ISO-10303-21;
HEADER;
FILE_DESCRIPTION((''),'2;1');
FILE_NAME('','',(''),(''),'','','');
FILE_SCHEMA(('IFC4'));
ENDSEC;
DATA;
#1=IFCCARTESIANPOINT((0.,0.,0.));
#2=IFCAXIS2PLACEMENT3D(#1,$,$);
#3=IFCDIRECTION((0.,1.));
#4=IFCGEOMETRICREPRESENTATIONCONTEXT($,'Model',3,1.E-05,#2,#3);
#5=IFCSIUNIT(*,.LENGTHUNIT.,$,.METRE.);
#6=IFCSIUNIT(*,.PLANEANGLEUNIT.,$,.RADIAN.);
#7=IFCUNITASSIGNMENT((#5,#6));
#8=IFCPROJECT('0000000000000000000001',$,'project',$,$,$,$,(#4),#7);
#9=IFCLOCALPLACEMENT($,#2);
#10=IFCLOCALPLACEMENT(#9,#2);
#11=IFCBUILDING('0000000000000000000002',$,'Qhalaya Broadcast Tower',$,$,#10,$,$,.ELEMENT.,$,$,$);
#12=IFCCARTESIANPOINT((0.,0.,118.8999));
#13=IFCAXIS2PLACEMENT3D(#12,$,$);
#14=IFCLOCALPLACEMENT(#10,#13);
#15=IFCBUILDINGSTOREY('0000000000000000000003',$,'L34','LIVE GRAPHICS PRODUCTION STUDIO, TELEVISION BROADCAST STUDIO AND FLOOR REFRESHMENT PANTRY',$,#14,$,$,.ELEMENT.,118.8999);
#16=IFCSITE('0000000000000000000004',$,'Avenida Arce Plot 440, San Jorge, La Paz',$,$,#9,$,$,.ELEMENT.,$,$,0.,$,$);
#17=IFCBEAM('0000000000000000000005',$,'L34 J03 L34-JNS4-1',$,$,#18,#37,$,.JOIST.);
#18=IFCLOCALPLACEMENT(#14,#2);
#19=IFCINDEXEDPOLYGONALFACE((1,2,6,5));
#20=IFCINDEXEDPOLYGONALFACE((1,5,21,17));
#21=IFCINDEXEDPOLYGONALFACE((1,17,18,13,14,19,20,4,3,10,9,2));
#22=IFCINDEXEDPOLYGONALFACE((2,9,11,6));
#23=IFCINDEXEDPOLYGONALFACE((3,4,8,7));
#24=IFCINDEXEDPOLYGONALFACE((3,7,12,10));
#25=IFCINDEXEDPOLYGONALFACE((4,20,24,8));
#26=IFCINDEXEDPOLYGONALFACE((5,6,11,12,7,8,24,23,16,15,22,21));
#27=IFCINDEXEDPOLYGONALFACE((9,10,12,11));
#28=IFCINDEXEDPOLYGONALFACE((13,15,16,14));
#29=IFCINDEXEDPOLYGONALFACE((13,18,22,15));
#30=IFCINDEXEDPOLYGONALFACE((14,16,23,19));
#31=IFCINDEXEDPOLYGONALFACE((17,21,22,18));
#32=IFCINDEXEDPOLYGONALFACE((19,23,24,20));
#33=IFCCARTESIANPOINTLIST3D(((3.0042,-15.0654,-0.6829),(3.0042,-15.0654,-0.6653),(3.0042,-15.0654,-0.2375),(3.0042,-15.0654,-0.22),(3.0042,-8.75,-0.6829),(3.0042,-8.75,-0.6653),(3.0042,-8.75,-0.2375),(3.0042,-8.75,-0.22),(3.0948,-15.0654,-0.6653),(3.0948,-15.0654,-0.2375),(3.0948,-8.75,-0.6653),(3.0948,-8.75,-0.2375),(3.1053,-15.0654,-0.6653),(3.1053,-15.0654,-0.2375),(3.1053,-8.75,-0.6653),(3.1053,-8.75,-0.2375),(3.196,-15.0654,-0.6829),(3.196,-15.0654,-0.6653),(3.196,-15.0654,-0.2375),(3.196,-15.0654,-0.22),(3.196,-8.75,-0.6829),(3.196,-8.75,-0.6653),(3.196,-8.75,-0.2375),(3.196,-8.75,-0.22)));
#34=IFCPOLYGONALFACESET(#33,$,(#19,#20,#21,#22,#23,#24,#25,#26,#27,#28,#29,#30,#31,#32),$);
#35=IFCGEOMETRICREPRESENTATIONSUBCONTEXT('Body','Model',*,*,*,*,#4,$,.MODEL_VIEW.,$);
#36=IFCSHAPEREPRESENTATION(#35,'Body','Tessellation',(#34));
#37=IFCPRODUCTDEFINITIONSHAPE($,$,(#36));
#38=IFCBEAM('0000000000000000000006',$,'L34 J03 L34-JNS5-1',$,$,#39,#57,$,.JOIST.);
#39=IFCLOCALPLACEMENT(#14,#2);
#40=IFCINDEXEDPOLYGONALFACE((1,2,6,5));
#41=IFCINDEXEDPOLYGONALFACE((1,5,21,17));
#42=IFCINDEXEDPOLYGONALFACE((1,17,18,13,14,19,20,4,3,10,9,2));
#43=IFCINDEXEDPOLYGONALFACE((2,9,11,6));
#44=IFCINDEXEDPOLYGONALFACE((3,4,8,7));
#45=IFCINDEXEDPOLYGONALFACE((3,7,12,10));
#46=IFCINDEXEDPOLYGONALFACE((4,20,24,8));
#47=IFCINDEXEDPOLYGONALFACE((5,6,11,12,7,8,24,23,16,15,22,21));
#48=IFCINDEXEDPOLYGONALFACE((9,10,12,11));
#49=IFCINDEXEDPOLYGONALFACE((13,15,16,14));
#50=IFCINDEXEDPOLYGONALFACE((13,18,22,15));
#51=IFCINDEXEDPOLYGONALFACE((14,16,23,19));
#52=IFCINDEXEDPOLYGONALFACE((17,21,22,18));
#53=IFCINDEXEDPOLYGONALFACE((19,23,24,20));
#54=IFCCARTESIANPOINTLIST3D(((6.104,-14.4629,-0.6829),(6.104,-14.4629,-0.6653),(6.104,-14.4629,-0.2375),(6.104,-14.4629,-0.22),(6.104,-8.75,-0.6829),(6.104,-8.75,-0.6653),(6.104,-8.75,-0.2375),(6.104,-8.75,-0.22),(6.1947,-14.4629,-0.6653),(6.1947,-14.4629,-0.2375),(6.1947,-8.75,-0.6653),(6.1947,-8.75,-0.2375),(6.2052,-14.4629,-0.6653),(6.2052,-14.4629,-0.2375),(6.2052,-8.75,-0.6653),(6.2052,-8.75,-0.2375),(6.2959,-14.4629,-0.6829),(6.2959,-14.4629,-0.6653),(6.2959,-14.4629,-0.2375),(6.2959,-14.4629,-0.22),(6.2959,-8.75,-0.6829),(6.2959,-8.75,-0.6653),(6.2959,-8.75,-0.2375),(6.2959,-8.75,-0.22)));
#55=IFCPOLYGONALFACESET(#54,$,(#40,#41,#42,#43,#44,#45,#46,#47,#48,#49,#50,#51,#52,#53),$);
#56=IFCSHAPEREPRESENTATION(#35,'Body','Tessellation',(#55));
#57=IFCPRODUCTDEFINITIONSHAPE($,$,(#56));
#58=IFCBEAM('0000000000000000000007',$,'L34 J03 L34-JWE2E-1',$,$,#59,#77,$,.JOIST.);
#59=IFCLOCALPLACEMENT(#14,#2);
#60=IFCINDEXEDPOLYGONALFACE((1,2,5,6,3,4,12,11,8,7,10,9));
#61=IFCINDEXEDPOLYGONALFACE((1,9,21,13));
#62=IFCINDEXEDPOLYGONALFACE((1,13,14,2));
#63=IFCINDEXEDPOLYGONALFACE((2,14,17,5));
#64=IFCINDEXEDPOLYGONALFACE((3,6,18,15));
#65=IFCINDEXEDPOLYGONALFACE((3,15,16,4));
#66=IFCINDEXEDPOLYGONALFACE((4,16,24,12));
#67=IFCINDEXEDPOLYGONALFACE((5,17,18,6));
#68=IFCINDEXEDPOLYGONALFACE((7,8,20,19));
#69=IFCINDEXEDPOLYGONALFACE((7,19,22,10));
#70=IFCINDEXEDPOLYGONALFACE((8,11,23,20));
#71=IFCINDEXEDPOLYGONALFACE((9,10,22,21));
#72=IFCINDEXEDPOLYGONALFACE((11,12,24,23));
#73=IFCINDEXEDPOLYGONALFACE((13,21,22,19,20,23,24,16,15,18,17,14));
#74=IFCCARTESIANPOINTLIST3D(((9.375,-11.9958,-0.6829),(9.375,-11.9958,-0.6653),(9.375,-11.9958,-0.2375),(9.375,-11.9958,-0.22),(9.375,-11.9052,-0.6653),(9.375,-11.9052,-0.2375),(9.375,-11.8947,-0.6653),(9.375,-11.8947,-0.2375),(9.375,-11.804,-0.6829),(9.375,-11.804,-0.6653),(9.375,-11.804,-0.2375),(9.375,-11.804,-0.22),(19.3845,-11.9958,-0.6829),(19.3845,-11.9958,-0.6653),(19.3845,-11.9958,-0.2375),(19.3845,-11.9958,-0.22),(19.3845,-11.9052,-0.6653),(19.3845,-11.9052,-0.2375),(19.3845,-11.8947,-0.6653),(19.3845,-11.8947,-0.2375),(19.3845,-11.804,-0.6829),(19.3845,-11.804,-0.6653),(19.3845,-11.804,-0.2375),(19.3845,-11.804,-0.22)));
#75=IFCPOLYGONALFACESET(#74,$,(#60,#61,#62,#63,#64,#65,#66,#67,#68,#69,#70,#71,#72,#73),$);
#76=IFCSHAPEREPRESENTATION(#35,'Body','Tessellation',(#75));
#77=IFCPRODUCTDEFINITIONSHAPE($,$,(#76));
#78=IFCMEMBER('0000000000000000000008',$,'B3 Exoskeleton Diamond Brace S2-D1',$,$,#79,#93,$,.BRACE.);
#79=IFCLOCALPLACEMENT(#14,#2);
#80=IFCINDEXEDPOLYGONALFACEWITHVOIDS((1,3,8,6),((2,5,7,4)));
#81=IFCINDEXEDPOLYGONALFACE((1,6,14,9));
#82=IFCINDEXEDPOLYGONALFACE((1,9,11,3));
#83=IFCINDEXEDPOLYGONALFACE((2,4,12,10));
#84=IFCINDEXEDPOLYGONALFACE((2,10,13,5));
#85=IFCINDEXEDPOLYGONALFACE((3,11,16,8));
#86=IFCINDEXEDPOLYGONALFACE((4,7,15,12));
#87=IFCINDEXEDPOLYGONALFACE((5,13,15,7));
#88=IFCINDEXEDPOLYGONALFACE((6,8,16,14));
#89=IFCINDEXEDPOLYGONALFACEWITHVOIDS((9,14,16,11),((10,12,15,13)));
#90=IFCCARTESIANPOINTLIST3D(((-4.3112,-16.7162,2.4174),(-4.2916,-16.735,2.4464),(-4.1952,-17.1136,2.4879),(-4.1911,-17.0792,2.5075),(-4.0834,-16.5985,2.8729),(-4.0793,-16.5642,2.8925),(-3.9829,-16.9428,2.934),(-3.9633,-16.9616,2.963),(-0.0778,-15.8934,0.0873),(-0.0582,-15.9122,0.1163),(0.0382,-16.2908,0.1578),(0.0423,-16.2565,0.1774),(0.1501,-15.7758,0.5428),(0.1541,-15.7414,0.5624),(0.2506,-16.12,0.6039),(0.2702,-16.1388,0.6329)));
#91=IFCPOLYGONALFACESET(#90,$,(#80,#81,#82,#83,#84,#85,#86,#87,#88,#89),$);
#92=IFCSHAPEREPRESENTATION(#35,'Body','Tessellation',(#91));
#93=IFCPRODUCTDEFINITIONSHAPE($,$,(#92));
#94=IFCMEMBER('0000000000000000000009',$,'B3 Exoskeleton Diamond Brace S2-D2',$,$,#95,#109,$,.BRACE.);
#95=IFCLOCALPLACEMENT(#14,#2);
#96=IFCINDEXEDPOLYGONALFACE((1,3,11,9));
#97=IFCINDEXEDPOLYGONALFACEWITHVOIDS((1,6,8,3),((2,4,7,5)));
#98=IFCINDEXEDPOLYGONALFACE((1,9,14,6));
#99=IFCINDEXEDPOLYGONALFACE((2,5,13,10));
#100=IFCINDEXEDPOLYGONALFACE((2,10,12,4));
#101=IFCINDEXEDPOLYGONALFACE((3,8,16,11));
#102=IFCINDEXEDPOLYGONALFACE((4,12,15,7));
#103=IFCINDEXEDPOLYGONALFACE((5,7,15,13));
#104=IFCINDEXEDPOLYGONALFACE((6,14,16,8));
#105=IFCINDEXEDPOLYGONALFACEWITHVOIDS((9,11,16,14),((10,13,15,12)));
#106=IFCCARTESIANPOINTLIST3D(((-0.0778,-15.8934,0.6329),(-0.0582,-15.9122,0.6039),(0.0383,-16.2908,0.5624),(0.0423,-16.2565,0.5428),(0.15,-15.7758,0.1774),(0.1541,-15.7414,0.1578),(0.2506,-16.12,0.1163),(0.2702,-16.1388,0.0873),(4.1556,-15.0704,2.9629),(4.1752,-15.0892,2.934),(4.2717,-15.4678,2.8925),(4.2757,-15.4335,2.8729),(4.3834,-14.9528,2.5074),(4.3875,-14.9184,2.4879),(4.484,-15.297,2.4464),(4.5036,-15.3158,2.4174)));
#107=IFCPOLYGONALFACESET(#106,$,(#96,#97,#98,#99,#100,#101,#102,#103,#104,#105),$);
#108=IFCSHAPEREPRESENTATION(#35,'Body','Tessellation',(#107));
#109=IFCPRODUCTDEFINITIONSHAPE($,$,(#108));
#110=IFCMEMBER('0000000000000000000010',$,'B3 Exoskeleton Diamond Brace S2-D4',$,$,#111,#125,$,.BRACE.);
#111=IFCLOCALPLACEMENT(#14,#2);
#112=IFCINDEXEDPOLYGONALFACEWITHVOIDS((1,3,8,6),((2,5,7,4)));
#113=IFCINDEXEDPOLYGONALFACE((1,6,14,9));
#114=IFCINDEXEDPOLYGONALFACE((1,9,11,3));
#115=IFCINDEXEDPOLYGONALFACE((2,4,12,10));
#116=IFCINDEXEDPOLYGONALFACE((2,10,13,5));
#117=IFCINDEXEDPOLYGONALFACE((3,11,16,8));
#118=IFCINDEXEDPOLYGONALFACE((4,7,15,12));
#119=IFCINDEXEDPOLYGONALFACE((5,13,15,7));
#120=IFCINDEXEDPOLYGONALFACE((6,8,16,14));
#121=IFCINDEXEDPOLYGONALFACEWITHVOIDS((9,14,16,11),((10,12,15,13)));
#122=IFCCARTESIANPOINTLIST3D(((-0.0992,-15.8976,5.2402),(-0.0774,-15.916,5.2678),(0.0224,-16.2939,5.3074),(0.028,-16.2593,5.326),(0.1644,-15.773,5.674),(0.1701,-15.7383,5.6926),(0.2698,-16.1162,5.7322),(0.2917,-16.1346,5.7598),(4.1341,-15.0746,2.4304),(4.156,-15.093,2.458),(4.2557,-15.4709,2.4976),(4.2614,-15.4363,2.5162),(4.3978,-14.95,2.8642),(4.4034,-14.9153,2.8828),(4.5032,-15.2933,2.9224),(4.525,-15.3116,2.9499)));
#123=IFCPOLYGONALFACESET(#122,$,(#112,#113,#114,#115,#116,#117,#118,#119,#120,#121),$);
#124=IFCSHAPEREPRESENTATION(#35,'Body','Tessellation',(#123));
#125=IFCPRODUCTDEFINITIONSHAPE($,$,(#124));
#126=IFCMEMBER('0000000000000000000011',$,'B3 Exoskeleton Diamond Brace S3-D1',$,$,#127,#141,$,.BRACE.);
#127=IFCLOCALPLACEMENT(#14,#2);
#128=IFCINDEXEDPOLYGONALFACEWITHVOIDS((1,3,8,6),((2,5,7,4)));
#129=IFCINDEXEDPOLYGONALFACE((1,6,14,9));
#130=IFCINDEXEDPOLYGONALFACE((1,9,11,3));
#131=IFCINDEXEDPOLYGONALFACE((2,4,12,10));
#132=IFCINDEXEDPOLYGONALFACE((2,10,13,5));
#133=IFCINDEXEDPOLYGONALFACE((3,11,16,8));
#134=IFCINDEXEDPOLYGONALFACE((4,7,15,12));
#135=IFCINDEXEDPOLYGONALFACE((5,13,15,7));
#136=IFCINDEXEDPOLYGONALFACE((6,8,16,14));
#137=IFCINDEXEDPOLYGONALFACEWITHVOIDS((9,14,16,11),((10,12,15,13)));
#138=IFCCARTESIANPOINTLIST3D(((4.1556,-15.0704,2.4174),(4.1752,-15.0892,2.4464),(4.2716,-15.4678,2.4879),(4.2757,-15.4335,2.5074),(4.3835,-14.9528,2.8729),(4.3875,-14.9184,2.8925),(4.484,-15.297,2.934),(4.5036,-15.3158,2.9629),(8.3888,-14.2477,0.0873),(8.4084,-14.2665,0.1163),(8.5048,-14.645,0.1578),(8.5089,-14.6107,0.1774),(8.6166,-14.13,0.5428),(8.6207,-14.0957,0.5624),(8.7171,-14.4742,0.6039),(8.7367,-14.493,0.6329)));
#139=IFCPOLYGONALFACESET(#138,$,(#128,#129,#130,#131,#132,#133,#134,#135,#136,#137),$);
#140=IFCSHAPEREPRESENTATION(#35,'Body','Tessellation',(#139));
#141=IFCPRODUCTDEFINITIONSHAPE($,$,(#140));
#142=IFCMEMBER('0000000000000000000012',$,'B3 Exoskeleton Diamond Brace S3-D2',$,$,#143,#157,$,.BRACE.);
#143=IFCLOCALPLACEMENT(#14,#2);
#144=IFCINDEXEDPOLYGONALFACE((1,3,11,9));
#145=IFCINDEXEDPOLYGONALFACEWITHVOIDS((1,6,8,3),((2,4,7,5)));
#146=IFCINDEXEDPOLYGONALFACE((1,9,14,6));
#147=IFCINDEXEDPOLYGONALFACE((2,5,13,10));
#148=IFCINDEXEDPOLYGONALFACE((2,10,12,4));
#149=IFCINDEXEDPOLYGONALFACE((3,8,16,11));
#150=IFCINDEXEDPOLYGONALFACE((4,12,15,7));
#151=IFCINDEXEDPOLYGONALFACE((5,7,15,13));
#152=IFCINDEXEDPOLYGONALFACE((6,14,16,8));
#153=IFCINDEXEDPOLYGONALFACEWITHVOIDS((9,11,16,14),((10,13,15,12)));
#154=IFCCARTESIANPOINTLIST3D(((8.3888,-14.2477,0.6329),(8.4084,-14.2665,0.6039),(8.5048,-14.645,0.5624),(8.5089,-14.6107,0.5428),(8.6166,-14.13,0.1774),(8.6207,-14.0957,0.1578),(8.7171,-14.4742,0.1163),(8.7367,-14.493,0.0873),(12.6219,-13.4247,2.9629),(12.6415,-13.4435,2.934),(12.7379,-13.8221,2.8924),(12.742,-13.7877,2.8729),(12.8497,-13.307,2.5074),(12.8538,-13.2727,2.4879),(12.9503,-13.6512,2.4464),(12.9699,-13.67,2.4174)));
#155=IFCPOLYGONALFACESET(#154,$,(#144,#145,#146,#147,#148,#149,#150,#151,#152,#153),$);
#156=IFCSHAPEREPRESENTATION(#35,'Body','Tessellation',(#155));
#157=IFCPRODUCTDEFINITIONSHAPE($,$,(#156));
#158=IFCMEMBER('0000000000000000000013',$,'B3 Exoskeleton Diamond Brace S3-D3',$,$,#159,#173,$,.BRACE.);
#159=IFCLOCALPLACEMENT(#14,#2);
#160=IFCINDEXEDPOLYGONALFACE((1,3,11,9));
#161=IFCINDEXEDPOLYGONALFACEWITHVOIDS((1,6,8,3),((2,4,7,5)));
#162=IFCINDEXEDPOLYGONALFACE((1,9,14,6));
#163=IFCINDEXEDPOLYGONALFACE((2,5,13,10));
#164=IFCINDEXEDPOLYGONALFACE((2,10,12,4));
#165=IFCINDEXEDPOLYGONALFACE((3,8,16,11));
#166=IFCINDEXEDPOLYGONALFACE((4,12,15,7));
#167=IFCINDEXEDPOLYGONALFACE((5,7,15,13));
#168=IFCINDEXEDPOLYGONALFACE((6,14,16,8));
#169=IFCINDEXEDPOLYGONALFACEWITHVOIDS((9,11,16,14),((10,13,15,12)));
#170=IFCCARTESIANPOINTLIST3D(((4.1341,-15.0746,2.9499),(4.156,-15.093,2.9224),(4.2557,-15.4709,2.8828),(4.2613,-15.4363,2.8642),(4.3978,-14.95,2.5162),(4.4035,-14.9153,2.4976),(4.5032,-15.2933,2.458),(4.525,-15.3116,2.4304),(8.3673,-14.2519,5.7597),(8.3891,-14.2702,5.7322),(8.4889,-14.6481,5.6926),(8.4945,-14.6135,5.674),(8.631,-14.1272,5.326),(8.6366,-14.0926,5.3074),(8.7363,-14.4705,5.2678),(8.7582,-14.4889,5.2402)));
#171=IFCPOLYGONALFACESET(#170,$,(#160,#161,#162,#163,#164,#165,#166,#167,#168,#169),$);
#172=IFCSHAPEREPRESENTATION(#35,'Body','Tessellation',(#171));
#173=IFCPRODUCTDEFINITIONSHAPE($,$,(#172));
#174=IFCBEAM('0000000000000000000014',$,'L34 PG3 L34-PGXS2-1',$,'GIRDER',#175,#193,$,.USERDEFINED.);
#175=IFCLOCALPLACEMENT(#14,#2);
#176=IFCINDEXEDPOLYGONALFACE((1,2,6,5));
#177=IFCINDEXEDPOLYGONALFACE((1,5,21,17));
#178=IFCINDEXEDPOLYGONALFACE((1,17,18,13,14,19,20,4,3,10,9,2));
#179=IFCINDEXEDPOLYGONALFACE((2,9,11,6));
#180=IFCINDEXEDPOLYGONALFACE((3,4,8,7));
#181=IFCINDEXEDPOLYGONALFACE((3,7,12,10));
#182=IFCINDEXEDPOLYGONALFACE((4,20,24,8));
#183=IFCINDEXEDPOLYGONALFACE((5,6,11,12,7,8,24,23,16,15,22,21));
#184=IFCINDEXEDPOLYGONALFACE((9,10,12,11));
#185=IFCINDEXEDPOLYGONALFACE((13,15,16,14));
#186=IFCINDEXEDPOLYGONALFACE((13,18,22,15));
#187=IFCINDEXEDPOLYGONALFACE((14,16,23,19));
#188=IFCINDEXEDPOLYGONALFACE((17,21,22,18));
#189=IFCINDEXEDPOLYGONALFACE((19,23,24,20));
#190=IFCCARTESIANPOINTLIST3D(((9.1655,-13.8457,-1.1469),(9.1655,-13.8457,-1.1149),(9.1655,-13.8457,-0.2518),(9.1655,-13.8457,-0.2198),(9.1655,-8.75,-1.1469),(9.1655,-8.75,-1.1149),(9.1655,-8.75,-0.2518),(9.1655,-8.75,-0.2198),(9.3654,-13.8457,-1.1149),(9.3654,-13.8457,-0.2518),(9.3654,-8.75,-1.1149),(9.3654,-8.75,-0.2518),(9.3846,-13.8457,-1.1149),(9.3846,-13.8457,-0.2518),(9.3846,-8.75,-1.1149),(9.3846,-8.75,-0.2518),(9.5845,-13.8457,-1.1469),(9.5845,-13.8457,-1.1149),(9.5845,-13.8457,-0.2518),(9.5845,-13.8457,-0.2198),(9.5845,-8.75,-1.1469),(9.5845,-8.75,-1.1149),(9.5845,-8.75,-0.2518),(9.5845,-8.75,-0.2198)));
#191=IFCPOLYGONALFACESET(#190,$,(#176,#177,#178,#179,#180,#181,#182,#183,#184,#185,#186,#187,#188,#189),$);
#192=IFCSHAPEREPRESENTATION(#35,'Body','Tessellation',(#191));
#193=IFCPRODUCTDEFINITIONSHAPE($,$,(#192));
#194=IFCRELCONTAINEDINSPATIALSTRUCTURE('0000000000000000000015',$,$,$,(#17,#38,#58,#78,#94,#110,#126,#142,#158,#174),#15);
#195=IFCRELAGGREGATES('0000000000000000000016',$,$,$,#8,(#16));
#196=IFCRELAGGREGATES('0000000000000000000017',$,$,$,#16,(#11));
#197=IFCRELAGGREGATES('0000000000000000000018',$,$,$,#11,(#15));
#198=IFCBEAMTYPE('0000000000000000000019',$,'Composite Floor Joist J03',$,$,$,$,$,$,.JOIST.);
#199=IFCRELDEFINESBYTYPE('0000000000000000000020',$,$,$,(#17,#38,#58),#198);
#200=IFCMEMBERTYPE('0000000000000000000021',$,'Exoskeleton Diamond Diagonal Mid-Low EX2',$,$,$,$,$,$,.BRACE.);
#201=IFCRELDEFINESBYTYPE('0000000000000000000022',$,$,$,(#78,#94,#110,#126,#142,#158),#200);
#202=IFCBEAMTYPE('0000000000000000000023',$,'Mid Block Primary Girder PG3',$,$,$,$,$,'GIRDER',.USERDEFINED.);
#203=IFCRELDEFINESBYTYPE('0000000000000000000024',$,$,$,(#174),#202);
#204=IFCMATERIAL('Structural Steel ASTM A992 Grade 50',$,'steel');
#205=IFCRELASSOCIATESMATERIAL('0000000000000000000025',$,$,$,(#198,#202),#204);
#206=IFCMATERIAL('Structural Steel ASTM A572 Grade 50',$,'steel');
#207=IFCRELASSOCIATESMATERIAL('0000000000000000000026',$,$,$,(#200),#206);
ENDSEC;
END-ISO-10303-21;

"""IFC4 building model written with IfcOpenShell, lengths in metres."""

from ifc_helpers import new_model, si_unit, direction, frame, origin, origin_2d, place, context, subcontext, project, spatial, hollow_rectangle, i_section, extrude, material, material_profile, profile_set, type_object, element, save


model = new_model("IFC4")

# Units and contexts
model_context = context("Model", 3, precision=1e-05, world=origin(), true_north=direction((0.0, 1.0)))
body_context = subcontext(model_context, "Body", "Model", "MODEL_VIEW")
ifc_project = project(units=[si_unit("LENGTHUNIT", "METRE"), si_unit("PLANEANGLEUNIT", "RADIAN")], contexts=[model_context])

# Site, building, storey
site_placement = place(None, origin())
site = spatial("IfcSite", under=ifc_project, at=site_placement, Name="Avenida Arce Plot 440, San Jorge, La Paz", CompositionType="ELEMENT", RefElevation=0.0)
building_placement = place(site_placement, origin())
building = spatial("IfcBuilding", under=site, at=building_placement, Name="Qhalaya Broadcast Tower", CompositionType="ELEMENT")
storey_placement = place(building_placement, frame((0.0, 0.0, 118.8999)))
storey = spatial("IfcBuildingStorey", under=building, at=storey_placement, Name="L34", Description="LIVE GRAPHICS PRODUCTION STUDIO, TELEVISION BROADCAST STUDIO AND FLOOR REFRESHMENT PANTRY", CompositionType="ELEMENT", Elevation=118.8999)

# Beams
ifc_material_1 = material(Name="Structural Steel ASTM A992 Grade 50", Category="steel")
ifc_material_profile_1 = material_profile(ifc_material_1, i_section(OverallWidth=0.1919, OverallDepth=0.4629, WebThickness=0.0105, FlangeThickness=0.0176, at=origin_2d()), Name="W18X60")
ifc_profile_set_1 = profile_set([ifc_material_profile_1], Name="Structural Steel ASTM A992 Grade 50")
beam_type_1 = type_object("IfcBeamType", Name="Composite Floor Joist J03", PredefinedType="JOIST", material=ifc_profile_set_1)
beam_1_placement = place(storey_placement, frame((3.1001, -15.0654, -0.4514), z_axis=(0.0, 1.0, 0.0), x_axis=(-1.0, 0.0, 0.0)))
element("IfcBeam", 1, at=beam_1_placement, inside=storey, type_object=beam_type_1, Name="L34 J03 L34-JNS4-1", PredefinedType="JOIST", context=body_context, shape_type="SweptSolid", body=[
    extrude(i_section(OverallWidth=0.1919, OverallDepth=0.4629, WebThickness=0.0105, FlangeThickness=0.0176, at=origin_2d()), origin(), (0.0, 0.0, 1.0), 6.3154),
])
beam_2_placement = place(storey_placement, frame((6.2, -14.4629, -0.4514), z_axis=(0.0, 1.0, 0.0), x_axis=(-1.0, 0.0, 0.0)))
element("IfcBeam", 2, at=beam_2_placement, inside=storey, type_object=beam_type_1, Name="L34 J03 L34-JNS5-1", PredefinedType="JOIST", context=body_context, shape_type="SweptSolid", body=[
    extrude(i_section(OverallWidth=0.1919, OverallDepth=0.4629, WebThickness=0.0105, FlangeThickness=0.0176, at=origin_2d()), origin(), (0.0, 0.0, 1.0), 5.7129),
])
beam_3_placement = place(storey_placement, frame((9.375, -11.8999, -0.4514), z_axis=(1.0, 0.0, 0.0), x_axis=(0.0, 1.0, 0.0)))
element("IfcBeam", 3, at=beam_3_placement, inside=storey, type_object=beam_type_1, Name="L34 J03 L34-JWE2E-1", PredefinedType="JOIST", context=body_context, shape_type="SweptSolid", body=[
    extrude(i_section(OverallWidth=0.1919, OverallDepth=0.4629, WebThickness=0.0105, FlangeThickness=0.0176, at=origin_2d()), origin(), (0.0, 0.0, 1.0), 10.0095),
])

# Members
ifc_material_2 = material(Name="Structural Steel ASTM A572 Grade 50", Category="steel")
ifc_material_profile_2 = material_profile(ifc_material_2, hollow_rectangle(XDim=0.4199, YDim=0.55, WallThickness=0.0281, at=origin_2d()), Name="BOX 420x550x28")
ifc_profile_set_2 = profile_set([ifc_material_profile_2], Name="Structural Steel ASTM A572 Grade 50")
member_type = type_object("IfcMemberType", Name="Exoskeleton Diamond Diagonal Mid-Low EX2", PredefinedType="BRACE", material=ifc_profile_set_2)
for number, where, z_axis, x_axis, name in (
    (4, (0.0962, -16.0161, 0.3601), (-0.863638, -0.167847, 0.475349), (0.276309, -0.946294, 0.167873), "B3 Exoskeleton Diamond Brace S2-D1"),
    (5, (0.0962, -16.0161, 0.3601), (0.863631, 0.167895, 0.475346), (-0.276361, 0.946279, 0.167874), "B3 Exoskeleton Diamond Brace S2-D2"),
):
    element("IfcMember", number, at=place(storey_placement, frame(where, z_axis=z_axis, x_axis=x_axis)), inside=storey, type_object=member_type, Name=name, PredefinedType="BRACE", context=body_context, shape_type="SweptSolid", body=[
        extrude(hollow_rectangle(XDim=0.4199, YDim=0.55, WallThickness=0.0281, at=origin_2d()), origin(), (0.0, 0.0, 1.0), 4.9019),
    ])
member_1_placement = place(storey_placement, frame((4.3296, -15.1931, 2.6902), z_axis=(-0.82246, -0.159891, 0.545888), x_axis=(0.289573, -0.94371, 0.159871)))
element("IfcMember", 6, at=member_1_placement, inside=storey, type_object=member_type, Name="B3 Exoskeleton Diamond Brace S2-D4", PredefinedType="BRACE", context=body_context, shape_type="SweptSolid", body=[
    extrude(hollow_rectangle(XDim=0.4199, YDim=0.55, WallThickness=0.0281, at=origin_2d()), origin(), (0.0, 0.0, 1.0), 5.1472),
])
for number, where, z_axis, x_axis, name in (
    (7, (8.5627, -14.3704, 0.3601), (-0.863625, -0.167854, 0.47537), (0.276323, -0.94629, 0.167871), "B3 Exoskeleton Diamond Brace S3-D1"),
    (8, (8.5627, -14.3704, 0.3601), (0.863618, 0.167902, 0.475366), (-0.276375, 0.946275, 0.167871), "B3 Exoskeleton Diamond Brace S3-D2"),
):
    element("IfcMember", number, at=place(storey_placement, frame(where, z_axis=z_axis, x_axis=x_axis)), inside=storey, type_object=member_type, Name=name, PredefinedType="BRACE", context=body_context, shape_type="SweptSolid", body=[
        extrude(hollow_rectangle(XDim=0.4199, YDim=0.55, WallThickness=0.0281, at=origin_2d()), origin(), (0.0, 0.0, 1.0), 4.9016),
    ])
member_2_placement = place(storey_placement, frame((4.3296, -15.1931, 2.6902), z_axis=(0.822451, 0.159851, 0.545913), x_axis=(-0.289536, 0.943722, 0.159868)))
element("IfcMember", 9, at=member_2_placement, inside=storey, type_object=member_type, Name="B3 Exoskeleton Diamond Brace S3-D3", PredefinedType="BRACE", context=body_context, shape_type="SweptSolid", body=[
    extrude(hollow_rectangle(XDim=0.4199, YDim=0.55, WallThickness=0.0281, at=origin_2d()), origin(), (0.0, 0.0, 1.0), 5.147),
])

# Beam
ifc_material_profile_3 = material_profile(ifc_material_1, i_section(OverallWidth=0.4189, OverallDepth=0.927, WebThickness=0.0193, FlangeThickness=0.032, at=origin_2d()), Name="W36X231")
ifc_profile_set_3 = profile_set([ifc_material_profile_3], Name="Structural Steel ASTM A992 Grade 50")
beam_type_2 = type_object("IfcBeamType", Name="Mid Block Primary Girder PG3", ElementType="GIRDER", PredefinedType="USERDEFINED", material=ifc_profile_set_3)
beam_4_placement = place(storey_placement, frame((9.375, -13.8457, -0.6833), z_axis=(0.0, 1.0, 0.0), x_axis=(-1.0, 0.0, 0.0)))
element("IfcBeam", 10, at=beam_4_placement, inside=storey, type_object=beam_type_2, Name="L34 PG3 L34-PGXS2-1", ObjectType="GIRDER", PredefinedType="USERDEFINED", context=body_context, shape_type="SweptSolid", body=[
    extrude(i_section(OverallWidth=0.4189, OverallDepth=0.927, WebThickness=0.0193, FlangeThickness=0.032, at=origin_2d()), origin(), (0.0, 0.0, 1.0), 5.0957),
])

save(model, "model.ifc")
